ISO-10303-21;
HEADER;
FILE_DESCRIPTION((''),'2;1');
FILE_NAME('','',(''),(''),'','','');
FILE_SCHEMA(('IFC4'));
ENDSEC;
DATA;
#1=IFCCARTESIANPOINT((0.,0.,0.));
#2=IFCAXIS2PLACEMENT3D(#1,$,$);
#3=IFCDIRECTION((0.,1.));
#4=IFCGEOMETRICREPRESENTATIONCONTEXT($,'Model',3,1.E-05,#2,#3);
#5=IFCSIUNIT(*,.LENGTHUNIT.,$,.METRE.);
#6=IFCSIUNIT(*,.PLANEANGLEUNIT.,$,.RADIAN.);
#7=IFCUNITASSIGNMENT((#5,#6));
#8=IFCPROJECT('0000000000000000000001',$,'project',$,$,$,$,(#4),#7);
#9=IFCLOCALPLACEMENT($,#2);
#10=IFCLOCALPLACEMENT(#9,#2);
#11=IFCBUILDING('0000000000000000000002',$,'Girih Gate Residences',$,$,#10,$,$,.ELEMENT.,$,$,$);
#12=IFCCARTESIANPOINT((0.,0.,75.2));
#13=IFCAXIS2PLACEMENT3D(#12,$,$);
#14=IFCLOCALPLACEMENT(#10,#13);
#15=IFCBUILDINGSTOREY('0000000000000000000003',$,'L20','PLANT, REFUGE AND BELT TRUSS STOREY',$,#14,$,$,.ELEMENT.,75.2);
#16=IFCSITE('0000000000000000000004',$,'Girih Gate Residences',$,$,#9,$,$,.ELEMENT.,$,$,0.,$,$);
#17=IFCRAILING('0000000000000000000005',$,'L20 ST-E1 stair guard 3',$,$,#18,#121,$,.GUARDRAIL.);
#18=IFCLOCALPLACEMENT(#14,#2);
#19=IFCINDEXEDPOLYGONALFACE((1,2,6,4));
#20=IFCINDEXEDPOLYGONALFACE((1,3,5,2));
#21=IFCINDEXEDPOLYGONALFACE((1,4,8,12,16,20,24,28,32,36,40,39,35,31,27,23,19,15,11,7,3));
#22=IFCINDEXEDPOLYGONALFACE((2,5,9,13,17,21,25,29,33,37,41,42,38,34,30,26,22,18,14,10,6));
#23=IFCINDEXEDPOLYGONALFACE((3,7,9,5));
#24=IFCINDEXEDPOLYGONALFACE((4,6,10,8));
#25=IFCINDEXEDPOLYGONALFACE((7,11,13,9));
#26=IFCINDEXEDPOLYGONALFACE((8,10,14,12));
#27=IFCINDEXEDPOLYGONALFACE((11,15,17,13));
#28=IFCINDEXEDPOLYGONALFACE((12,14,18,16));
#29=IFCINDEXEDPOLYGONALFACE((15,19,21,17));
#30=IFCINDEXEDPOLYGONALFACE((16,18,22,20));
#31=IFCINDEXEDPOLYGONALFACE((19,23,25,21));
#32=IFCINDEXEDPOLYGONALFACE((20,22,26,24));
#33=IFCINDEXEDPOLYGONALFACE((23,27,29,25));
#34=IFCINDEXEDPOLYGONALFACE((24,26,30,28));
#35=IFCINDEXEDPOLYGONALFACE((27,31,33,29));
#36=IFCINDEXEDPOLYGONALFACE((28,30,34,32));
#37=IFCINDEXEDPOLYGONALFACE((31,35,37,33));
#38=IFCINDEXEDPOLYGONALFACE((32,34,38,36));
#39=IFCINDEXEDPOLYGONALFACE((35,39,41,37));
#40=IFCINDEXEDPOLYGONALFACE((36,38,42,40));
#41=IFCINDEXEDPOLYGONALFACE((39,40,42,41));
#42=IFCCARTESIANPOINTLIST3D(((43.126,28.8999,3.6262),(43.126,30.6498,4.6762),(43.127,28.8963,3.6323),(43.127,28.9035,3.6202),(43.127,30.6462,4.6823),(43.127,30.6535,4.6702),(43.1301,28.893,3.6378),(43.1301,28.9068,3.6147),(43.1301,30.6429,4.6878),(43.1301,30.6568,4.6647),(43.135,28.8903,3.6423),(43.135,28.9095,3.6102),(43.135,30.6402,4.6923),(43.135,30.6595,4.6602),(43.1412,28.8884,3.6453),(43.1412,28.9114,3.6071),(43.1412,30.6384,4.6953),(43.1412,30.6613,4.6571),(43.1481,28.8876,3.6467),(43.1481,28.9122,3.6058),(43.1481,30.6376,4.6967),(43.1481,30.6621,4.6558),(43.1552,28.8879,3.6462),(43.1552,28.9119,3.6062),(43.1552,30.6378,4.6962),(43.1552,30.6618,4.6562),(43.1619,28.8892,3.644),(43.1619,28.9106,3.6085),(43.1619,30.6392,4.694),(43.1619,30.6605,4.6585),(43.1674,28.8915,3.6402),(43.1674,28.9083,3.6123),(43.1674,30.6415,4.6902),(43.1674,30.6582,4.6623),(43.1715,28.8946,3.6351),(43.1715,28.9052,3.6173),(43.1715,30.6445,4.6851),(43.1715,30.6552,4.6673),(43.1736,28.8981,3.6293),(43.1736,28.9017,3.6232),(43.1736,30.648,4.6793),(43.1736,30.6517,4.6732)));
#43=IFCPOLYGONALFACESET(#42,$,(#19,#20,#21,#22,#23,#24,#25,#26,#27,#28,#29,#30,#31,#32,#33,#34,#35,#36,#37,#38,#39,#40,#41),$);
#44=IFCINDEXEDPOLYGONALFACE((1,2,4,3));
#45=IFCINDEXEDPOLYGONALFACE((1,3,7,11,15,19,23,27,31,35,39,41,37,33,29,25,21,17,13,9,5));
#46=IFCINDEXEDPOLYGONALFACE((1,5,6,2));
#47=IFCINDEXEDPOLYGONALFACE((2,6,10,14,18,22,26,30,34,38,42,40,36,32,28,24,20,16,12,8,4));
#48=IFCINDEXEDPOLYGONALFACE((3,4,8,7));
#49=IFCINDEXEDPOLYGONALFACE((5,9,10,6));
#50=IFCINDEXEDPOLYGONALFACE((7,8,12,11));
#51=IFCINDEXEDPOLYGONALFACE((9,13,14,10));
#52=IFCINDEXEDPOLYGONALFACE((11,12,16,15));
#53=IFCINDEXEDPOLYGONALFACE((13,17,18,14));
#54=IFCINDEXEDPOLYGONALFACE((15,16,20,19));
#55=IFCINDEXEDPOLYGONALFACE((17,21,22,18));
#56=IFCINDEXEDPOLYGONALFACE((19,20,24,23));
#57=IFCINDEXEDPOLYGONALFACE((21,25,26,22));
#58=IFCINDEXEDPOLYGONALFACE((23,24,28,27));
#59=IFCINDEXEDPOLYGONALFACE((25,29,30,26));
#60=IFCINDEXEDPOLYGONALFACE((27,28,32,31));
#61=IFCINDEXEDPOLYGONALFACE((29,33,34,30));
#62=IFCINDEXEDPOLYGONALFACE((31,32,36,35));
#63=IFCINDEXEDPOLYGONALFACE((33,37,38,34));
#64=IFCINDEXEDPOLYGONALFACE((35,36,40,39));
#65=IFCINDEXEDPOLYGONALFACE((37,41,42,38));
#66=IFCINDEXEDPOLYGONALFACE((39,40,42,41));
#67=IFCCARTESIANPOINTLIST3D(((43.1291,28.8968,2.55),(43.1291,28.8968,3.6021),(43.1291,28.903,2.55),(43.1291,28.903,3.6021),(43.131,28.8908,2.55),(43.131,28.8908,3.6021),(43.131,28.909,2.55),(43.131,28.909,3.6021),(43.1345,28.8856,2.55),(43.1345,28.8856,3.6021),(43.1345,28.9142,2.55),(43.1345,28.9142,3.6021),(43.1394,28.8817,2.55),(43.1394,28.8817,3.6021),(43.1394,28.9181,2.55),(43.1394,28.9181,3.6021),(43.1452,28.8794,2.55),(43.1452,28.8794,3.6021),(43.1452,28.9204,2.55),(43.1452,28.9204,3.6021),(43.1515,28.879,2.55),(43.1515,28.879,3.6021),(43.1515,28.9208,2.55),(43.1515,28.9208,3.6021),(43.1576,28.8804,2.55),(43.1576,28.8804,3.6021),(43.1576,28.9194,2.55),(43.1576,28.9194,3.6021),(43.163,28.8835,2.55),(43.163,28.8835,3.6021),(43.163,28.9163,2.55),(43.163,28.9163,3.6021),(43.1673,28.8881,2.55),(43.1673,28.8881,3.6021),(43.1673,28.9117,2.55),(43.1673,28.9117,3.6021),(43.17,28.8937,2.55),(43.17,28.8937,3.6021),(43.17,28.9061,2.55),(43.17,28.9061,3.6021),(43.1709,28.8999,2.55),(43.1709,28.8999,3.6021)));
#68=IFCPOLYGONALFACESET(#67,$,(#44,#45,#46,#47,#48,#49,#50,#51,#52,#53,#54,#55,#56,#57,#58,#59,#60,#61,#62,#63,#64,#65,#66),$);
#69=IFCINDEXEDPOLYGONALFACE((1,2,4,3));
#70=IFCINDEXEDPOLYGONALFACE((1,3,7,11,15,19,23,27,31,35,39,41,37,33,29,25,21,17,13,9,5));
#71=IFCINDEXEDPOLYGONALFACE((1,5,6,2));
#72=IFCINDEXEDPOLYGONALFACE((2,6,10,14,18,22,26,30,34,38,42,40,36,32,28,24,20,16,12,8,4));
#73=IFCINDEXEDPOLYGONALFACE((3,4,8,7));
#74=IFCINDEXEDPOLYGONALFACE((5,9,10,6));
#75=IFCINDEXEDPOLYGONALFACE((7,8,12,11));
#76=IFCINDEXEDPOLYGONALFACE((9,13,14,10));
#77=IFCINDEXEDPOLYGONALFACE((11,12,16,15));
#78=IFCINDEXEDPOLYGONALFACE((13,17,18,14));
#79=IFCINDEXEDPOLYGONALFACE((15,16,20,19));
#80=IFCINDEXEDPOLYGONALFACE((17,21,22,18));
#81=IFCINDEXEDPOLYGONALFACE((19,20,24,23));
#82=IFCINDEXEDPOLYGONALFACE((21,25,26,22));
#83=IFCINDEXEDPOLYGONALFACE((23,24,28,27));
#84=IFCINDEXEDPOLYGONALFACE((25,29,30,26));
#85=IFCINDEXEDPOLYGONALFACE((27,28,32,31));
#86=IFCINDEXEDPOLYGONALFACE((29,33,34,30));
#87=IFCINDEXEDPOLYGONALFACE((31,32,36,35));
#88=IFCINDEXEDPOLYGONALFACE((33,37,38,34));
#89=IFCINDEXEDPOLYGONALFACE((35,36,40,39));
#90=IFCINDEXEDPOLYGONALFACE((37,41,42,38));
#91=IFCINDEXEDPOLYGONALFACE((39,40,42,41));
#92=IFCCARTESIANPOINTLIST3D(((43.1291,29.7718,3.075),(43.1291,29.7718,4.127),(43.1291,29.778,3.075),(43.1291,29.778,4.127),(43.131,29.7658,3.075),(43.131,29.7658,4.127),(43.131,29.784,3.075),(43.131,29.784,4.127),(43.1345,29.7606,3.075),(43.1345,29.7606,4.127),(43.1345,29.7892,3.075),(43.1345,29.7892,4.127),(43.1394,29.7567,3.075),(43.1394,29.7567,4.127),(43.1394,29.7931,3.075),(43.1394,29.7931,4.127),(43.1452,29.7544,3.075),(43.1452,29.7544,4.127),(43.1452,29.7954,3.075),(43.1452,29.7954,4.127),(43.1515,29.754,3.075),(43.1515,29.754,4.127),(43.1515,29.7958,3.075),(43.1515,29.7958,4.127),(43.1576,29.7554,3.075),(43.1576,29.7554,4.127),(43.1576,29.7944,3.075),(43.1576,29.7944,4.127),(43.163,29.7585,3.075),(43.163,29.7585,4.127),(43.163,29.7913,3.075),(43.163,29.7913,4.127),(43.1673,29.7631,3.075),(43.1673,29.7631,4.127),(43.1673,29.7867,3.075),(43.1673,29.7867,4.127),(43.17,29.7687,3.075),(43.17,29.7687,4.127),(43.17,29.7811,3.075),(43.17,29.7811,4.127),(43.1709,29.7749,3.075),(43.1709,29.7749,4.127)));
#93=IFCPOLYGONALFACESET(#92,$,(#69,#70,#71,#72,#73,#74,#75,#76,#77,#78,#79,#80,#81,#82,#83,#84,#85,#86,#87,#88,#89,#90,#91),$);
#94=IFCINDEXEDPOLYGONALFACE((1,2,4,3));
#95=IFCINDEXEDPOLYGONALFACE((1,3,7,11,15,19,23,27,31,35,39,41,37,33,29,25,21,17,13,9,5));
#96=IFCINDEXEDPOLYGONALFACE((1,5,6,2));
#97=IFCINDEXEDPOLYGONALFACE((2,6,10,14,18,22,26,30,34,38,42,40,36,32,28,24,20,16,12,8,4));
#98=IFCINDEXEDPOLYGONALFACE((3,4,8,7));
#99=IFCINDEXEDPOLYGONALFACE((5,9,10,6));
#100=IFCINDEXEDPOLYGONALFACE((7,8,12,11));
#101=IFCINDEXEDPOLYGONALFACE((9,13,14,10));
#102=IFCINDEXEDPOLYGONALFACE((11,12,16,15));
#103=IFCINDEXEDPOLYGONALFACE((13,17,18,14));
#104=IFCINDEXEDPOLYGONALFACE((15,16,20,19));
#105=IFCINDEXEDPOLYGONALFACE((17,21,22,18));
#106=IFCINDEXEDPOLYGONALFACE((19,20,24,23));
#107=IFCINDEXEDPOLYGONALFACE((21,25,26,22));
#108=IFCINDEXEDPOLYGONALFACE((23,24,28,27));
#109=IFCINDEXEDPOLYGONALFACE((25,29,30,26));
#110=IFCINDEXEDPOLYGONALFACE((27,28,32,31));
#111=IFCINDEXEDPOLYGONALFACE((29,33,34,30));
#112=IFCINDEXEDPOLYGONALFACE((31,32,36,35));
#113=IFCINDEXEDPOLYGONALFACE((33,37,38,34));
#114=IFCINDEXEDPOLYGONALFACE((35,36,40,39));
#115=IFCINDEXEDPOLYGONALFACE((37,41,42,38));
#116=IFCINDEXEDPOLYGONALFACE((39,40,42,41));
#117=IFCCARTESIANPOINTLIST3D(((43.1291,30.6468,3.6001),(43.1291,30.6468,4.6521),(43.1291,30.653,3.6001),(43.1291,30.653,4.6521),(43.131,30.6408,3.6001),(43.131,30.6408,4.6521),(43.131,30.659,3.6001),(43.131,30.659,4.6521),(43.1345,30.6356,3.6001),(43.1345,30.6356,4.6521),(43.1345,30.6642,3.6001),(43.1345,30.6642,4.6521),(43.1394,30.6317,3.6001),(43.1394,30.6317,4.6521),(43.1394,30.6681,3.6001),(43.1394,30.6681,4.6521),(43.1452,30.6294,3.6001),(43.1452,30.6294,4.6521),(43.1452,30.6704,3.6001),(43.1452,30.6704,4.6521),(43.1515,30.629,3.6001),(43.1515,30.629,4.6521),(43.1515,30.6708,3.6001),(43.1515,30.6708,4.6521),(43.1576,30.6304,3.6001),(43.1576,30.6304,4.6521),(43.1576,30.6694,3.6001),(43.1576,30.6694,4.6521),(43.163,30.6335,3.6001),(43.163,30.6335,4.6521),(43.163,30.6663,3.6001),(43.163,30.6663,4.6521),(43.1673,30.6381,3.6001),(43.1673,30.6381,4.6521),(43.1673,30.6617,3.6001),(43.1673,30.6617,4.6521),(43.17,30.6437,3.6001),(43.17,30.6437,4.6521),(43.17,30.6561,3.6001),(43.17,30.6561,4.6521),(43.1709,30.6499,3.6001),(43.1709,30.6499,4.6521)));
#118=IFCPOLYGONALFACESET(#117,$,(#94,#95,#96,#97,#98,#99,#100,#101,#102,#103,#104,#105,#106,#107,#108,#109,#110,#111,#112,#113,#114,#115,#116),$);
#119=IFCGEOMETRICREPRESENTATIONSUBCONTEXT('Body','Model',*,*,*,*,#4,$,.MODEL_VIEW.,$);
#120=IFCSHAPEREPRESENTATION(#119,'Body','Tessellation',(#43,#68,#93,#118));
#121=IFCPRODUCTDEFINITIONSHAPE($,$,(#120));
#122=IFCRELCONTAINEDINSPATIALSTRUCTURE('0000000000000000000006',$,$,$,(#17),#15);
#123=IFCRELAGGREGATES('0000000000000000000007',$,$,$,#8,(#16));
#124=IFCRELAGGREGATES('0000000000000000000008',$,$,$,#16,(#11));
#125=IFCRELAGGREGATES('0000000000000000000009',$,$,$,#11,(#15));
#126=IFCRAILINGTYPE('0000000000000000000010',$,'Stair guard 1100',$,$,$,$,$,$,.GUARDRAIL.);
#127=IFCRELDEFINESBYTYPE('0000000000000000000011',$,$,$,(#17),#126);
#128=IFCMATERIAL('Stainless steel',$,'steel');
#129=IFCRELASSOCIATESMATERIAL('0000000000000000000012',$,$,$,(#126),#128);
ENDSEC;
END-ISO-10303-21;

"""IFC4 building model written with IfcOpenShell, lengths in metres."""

from ifc_helpers import new_model, si_unit, direction, frame, origin, origin_2d, place, context, subcontext, project, spatial, circle, extrude, material, type_object, element, save


model = new_model("IFC4")

# Units and contexts
model_context = context("Model", 3, precision=1e-05, world=origin(), true_north=direction((0.0, 1.0)))
body_context = subcontext(model_context, "Body", "Model", "MODEL_VIEW")
ifc_project = project(units=[si_unit("LENGTHUNIT", "METRE"), si_unit("PLANEANGLEUNIT", "RADIAN")], contexts=[model_context])

# Site, building, storey
site_placement = place(None, origin())
site = spatial("IfcSite", under=ifc_project, at=site_placement, Name="Girih Gate Residences", CompositionType="ELEMENT", RefElevation=0.0)
building_placement = place(site_placement, origin())
building = spatial("IfcBuilding", under=site, at=building_placement, Name="Girih Gate Residences", CompositionType="ELEMENT")
storey_placement = place(building_placement, frame((0.0, 0.0, 75.2)))
storey = spatial("IfcBuildingStorey", under=building, at=storey_placement, Name="L20", Description="PLANT, REFUGE AND BELT TRUSS STOREY", CompositionType="ELEMENT", Elevation=75.2)

# Railing
ifc_material_1 = material(Name="Stainless steel", Category="steel")
railing_type_1 = type_object("IfcRailingType", Name="Stair guard 1100", PredefinedType="GUARDRAIL", material=ifc_material_1)
railing_1_placement = place(storey_placement, frame((43.1499, 28.8999, 2.55)))
element("IfcRailing", 1, at=railing_1_placement, inside=storey, type_object=railing_type_1, Name="L20 ST-E1 stair guard 3", PredefinedType="GUARDRAIL", context=body_context, shape_type="SweptSolid", body=[
    extrude(circle(Radius=0.0239, at=origin_2d()), frame((0.0, 0.0, 1.0762), z_axis=(0.0, 0.857482, 0.514513), x_axis=(-1.0, 0.0, 0.0)), (0.0, 0.0, 1.0), 2.0408),
    extrude(circle(Radius=0.021, at=origin_2d()), origin(), (0.0, 0.0, 1.0), 1.052),
    extrude(circle(Radius=0.021, at=origin_2d()), frame((0.0, 0.875, 0.5249)), (0.0, 0.0, 1.0), 1.052),
    extrude(circle(Radius=0.021, at=origin_2d()), frame((0.0, 1.75, 1.05)), (0.0, 0.0, 1.0), 1.052),
])

save(model, "model.ifc")
